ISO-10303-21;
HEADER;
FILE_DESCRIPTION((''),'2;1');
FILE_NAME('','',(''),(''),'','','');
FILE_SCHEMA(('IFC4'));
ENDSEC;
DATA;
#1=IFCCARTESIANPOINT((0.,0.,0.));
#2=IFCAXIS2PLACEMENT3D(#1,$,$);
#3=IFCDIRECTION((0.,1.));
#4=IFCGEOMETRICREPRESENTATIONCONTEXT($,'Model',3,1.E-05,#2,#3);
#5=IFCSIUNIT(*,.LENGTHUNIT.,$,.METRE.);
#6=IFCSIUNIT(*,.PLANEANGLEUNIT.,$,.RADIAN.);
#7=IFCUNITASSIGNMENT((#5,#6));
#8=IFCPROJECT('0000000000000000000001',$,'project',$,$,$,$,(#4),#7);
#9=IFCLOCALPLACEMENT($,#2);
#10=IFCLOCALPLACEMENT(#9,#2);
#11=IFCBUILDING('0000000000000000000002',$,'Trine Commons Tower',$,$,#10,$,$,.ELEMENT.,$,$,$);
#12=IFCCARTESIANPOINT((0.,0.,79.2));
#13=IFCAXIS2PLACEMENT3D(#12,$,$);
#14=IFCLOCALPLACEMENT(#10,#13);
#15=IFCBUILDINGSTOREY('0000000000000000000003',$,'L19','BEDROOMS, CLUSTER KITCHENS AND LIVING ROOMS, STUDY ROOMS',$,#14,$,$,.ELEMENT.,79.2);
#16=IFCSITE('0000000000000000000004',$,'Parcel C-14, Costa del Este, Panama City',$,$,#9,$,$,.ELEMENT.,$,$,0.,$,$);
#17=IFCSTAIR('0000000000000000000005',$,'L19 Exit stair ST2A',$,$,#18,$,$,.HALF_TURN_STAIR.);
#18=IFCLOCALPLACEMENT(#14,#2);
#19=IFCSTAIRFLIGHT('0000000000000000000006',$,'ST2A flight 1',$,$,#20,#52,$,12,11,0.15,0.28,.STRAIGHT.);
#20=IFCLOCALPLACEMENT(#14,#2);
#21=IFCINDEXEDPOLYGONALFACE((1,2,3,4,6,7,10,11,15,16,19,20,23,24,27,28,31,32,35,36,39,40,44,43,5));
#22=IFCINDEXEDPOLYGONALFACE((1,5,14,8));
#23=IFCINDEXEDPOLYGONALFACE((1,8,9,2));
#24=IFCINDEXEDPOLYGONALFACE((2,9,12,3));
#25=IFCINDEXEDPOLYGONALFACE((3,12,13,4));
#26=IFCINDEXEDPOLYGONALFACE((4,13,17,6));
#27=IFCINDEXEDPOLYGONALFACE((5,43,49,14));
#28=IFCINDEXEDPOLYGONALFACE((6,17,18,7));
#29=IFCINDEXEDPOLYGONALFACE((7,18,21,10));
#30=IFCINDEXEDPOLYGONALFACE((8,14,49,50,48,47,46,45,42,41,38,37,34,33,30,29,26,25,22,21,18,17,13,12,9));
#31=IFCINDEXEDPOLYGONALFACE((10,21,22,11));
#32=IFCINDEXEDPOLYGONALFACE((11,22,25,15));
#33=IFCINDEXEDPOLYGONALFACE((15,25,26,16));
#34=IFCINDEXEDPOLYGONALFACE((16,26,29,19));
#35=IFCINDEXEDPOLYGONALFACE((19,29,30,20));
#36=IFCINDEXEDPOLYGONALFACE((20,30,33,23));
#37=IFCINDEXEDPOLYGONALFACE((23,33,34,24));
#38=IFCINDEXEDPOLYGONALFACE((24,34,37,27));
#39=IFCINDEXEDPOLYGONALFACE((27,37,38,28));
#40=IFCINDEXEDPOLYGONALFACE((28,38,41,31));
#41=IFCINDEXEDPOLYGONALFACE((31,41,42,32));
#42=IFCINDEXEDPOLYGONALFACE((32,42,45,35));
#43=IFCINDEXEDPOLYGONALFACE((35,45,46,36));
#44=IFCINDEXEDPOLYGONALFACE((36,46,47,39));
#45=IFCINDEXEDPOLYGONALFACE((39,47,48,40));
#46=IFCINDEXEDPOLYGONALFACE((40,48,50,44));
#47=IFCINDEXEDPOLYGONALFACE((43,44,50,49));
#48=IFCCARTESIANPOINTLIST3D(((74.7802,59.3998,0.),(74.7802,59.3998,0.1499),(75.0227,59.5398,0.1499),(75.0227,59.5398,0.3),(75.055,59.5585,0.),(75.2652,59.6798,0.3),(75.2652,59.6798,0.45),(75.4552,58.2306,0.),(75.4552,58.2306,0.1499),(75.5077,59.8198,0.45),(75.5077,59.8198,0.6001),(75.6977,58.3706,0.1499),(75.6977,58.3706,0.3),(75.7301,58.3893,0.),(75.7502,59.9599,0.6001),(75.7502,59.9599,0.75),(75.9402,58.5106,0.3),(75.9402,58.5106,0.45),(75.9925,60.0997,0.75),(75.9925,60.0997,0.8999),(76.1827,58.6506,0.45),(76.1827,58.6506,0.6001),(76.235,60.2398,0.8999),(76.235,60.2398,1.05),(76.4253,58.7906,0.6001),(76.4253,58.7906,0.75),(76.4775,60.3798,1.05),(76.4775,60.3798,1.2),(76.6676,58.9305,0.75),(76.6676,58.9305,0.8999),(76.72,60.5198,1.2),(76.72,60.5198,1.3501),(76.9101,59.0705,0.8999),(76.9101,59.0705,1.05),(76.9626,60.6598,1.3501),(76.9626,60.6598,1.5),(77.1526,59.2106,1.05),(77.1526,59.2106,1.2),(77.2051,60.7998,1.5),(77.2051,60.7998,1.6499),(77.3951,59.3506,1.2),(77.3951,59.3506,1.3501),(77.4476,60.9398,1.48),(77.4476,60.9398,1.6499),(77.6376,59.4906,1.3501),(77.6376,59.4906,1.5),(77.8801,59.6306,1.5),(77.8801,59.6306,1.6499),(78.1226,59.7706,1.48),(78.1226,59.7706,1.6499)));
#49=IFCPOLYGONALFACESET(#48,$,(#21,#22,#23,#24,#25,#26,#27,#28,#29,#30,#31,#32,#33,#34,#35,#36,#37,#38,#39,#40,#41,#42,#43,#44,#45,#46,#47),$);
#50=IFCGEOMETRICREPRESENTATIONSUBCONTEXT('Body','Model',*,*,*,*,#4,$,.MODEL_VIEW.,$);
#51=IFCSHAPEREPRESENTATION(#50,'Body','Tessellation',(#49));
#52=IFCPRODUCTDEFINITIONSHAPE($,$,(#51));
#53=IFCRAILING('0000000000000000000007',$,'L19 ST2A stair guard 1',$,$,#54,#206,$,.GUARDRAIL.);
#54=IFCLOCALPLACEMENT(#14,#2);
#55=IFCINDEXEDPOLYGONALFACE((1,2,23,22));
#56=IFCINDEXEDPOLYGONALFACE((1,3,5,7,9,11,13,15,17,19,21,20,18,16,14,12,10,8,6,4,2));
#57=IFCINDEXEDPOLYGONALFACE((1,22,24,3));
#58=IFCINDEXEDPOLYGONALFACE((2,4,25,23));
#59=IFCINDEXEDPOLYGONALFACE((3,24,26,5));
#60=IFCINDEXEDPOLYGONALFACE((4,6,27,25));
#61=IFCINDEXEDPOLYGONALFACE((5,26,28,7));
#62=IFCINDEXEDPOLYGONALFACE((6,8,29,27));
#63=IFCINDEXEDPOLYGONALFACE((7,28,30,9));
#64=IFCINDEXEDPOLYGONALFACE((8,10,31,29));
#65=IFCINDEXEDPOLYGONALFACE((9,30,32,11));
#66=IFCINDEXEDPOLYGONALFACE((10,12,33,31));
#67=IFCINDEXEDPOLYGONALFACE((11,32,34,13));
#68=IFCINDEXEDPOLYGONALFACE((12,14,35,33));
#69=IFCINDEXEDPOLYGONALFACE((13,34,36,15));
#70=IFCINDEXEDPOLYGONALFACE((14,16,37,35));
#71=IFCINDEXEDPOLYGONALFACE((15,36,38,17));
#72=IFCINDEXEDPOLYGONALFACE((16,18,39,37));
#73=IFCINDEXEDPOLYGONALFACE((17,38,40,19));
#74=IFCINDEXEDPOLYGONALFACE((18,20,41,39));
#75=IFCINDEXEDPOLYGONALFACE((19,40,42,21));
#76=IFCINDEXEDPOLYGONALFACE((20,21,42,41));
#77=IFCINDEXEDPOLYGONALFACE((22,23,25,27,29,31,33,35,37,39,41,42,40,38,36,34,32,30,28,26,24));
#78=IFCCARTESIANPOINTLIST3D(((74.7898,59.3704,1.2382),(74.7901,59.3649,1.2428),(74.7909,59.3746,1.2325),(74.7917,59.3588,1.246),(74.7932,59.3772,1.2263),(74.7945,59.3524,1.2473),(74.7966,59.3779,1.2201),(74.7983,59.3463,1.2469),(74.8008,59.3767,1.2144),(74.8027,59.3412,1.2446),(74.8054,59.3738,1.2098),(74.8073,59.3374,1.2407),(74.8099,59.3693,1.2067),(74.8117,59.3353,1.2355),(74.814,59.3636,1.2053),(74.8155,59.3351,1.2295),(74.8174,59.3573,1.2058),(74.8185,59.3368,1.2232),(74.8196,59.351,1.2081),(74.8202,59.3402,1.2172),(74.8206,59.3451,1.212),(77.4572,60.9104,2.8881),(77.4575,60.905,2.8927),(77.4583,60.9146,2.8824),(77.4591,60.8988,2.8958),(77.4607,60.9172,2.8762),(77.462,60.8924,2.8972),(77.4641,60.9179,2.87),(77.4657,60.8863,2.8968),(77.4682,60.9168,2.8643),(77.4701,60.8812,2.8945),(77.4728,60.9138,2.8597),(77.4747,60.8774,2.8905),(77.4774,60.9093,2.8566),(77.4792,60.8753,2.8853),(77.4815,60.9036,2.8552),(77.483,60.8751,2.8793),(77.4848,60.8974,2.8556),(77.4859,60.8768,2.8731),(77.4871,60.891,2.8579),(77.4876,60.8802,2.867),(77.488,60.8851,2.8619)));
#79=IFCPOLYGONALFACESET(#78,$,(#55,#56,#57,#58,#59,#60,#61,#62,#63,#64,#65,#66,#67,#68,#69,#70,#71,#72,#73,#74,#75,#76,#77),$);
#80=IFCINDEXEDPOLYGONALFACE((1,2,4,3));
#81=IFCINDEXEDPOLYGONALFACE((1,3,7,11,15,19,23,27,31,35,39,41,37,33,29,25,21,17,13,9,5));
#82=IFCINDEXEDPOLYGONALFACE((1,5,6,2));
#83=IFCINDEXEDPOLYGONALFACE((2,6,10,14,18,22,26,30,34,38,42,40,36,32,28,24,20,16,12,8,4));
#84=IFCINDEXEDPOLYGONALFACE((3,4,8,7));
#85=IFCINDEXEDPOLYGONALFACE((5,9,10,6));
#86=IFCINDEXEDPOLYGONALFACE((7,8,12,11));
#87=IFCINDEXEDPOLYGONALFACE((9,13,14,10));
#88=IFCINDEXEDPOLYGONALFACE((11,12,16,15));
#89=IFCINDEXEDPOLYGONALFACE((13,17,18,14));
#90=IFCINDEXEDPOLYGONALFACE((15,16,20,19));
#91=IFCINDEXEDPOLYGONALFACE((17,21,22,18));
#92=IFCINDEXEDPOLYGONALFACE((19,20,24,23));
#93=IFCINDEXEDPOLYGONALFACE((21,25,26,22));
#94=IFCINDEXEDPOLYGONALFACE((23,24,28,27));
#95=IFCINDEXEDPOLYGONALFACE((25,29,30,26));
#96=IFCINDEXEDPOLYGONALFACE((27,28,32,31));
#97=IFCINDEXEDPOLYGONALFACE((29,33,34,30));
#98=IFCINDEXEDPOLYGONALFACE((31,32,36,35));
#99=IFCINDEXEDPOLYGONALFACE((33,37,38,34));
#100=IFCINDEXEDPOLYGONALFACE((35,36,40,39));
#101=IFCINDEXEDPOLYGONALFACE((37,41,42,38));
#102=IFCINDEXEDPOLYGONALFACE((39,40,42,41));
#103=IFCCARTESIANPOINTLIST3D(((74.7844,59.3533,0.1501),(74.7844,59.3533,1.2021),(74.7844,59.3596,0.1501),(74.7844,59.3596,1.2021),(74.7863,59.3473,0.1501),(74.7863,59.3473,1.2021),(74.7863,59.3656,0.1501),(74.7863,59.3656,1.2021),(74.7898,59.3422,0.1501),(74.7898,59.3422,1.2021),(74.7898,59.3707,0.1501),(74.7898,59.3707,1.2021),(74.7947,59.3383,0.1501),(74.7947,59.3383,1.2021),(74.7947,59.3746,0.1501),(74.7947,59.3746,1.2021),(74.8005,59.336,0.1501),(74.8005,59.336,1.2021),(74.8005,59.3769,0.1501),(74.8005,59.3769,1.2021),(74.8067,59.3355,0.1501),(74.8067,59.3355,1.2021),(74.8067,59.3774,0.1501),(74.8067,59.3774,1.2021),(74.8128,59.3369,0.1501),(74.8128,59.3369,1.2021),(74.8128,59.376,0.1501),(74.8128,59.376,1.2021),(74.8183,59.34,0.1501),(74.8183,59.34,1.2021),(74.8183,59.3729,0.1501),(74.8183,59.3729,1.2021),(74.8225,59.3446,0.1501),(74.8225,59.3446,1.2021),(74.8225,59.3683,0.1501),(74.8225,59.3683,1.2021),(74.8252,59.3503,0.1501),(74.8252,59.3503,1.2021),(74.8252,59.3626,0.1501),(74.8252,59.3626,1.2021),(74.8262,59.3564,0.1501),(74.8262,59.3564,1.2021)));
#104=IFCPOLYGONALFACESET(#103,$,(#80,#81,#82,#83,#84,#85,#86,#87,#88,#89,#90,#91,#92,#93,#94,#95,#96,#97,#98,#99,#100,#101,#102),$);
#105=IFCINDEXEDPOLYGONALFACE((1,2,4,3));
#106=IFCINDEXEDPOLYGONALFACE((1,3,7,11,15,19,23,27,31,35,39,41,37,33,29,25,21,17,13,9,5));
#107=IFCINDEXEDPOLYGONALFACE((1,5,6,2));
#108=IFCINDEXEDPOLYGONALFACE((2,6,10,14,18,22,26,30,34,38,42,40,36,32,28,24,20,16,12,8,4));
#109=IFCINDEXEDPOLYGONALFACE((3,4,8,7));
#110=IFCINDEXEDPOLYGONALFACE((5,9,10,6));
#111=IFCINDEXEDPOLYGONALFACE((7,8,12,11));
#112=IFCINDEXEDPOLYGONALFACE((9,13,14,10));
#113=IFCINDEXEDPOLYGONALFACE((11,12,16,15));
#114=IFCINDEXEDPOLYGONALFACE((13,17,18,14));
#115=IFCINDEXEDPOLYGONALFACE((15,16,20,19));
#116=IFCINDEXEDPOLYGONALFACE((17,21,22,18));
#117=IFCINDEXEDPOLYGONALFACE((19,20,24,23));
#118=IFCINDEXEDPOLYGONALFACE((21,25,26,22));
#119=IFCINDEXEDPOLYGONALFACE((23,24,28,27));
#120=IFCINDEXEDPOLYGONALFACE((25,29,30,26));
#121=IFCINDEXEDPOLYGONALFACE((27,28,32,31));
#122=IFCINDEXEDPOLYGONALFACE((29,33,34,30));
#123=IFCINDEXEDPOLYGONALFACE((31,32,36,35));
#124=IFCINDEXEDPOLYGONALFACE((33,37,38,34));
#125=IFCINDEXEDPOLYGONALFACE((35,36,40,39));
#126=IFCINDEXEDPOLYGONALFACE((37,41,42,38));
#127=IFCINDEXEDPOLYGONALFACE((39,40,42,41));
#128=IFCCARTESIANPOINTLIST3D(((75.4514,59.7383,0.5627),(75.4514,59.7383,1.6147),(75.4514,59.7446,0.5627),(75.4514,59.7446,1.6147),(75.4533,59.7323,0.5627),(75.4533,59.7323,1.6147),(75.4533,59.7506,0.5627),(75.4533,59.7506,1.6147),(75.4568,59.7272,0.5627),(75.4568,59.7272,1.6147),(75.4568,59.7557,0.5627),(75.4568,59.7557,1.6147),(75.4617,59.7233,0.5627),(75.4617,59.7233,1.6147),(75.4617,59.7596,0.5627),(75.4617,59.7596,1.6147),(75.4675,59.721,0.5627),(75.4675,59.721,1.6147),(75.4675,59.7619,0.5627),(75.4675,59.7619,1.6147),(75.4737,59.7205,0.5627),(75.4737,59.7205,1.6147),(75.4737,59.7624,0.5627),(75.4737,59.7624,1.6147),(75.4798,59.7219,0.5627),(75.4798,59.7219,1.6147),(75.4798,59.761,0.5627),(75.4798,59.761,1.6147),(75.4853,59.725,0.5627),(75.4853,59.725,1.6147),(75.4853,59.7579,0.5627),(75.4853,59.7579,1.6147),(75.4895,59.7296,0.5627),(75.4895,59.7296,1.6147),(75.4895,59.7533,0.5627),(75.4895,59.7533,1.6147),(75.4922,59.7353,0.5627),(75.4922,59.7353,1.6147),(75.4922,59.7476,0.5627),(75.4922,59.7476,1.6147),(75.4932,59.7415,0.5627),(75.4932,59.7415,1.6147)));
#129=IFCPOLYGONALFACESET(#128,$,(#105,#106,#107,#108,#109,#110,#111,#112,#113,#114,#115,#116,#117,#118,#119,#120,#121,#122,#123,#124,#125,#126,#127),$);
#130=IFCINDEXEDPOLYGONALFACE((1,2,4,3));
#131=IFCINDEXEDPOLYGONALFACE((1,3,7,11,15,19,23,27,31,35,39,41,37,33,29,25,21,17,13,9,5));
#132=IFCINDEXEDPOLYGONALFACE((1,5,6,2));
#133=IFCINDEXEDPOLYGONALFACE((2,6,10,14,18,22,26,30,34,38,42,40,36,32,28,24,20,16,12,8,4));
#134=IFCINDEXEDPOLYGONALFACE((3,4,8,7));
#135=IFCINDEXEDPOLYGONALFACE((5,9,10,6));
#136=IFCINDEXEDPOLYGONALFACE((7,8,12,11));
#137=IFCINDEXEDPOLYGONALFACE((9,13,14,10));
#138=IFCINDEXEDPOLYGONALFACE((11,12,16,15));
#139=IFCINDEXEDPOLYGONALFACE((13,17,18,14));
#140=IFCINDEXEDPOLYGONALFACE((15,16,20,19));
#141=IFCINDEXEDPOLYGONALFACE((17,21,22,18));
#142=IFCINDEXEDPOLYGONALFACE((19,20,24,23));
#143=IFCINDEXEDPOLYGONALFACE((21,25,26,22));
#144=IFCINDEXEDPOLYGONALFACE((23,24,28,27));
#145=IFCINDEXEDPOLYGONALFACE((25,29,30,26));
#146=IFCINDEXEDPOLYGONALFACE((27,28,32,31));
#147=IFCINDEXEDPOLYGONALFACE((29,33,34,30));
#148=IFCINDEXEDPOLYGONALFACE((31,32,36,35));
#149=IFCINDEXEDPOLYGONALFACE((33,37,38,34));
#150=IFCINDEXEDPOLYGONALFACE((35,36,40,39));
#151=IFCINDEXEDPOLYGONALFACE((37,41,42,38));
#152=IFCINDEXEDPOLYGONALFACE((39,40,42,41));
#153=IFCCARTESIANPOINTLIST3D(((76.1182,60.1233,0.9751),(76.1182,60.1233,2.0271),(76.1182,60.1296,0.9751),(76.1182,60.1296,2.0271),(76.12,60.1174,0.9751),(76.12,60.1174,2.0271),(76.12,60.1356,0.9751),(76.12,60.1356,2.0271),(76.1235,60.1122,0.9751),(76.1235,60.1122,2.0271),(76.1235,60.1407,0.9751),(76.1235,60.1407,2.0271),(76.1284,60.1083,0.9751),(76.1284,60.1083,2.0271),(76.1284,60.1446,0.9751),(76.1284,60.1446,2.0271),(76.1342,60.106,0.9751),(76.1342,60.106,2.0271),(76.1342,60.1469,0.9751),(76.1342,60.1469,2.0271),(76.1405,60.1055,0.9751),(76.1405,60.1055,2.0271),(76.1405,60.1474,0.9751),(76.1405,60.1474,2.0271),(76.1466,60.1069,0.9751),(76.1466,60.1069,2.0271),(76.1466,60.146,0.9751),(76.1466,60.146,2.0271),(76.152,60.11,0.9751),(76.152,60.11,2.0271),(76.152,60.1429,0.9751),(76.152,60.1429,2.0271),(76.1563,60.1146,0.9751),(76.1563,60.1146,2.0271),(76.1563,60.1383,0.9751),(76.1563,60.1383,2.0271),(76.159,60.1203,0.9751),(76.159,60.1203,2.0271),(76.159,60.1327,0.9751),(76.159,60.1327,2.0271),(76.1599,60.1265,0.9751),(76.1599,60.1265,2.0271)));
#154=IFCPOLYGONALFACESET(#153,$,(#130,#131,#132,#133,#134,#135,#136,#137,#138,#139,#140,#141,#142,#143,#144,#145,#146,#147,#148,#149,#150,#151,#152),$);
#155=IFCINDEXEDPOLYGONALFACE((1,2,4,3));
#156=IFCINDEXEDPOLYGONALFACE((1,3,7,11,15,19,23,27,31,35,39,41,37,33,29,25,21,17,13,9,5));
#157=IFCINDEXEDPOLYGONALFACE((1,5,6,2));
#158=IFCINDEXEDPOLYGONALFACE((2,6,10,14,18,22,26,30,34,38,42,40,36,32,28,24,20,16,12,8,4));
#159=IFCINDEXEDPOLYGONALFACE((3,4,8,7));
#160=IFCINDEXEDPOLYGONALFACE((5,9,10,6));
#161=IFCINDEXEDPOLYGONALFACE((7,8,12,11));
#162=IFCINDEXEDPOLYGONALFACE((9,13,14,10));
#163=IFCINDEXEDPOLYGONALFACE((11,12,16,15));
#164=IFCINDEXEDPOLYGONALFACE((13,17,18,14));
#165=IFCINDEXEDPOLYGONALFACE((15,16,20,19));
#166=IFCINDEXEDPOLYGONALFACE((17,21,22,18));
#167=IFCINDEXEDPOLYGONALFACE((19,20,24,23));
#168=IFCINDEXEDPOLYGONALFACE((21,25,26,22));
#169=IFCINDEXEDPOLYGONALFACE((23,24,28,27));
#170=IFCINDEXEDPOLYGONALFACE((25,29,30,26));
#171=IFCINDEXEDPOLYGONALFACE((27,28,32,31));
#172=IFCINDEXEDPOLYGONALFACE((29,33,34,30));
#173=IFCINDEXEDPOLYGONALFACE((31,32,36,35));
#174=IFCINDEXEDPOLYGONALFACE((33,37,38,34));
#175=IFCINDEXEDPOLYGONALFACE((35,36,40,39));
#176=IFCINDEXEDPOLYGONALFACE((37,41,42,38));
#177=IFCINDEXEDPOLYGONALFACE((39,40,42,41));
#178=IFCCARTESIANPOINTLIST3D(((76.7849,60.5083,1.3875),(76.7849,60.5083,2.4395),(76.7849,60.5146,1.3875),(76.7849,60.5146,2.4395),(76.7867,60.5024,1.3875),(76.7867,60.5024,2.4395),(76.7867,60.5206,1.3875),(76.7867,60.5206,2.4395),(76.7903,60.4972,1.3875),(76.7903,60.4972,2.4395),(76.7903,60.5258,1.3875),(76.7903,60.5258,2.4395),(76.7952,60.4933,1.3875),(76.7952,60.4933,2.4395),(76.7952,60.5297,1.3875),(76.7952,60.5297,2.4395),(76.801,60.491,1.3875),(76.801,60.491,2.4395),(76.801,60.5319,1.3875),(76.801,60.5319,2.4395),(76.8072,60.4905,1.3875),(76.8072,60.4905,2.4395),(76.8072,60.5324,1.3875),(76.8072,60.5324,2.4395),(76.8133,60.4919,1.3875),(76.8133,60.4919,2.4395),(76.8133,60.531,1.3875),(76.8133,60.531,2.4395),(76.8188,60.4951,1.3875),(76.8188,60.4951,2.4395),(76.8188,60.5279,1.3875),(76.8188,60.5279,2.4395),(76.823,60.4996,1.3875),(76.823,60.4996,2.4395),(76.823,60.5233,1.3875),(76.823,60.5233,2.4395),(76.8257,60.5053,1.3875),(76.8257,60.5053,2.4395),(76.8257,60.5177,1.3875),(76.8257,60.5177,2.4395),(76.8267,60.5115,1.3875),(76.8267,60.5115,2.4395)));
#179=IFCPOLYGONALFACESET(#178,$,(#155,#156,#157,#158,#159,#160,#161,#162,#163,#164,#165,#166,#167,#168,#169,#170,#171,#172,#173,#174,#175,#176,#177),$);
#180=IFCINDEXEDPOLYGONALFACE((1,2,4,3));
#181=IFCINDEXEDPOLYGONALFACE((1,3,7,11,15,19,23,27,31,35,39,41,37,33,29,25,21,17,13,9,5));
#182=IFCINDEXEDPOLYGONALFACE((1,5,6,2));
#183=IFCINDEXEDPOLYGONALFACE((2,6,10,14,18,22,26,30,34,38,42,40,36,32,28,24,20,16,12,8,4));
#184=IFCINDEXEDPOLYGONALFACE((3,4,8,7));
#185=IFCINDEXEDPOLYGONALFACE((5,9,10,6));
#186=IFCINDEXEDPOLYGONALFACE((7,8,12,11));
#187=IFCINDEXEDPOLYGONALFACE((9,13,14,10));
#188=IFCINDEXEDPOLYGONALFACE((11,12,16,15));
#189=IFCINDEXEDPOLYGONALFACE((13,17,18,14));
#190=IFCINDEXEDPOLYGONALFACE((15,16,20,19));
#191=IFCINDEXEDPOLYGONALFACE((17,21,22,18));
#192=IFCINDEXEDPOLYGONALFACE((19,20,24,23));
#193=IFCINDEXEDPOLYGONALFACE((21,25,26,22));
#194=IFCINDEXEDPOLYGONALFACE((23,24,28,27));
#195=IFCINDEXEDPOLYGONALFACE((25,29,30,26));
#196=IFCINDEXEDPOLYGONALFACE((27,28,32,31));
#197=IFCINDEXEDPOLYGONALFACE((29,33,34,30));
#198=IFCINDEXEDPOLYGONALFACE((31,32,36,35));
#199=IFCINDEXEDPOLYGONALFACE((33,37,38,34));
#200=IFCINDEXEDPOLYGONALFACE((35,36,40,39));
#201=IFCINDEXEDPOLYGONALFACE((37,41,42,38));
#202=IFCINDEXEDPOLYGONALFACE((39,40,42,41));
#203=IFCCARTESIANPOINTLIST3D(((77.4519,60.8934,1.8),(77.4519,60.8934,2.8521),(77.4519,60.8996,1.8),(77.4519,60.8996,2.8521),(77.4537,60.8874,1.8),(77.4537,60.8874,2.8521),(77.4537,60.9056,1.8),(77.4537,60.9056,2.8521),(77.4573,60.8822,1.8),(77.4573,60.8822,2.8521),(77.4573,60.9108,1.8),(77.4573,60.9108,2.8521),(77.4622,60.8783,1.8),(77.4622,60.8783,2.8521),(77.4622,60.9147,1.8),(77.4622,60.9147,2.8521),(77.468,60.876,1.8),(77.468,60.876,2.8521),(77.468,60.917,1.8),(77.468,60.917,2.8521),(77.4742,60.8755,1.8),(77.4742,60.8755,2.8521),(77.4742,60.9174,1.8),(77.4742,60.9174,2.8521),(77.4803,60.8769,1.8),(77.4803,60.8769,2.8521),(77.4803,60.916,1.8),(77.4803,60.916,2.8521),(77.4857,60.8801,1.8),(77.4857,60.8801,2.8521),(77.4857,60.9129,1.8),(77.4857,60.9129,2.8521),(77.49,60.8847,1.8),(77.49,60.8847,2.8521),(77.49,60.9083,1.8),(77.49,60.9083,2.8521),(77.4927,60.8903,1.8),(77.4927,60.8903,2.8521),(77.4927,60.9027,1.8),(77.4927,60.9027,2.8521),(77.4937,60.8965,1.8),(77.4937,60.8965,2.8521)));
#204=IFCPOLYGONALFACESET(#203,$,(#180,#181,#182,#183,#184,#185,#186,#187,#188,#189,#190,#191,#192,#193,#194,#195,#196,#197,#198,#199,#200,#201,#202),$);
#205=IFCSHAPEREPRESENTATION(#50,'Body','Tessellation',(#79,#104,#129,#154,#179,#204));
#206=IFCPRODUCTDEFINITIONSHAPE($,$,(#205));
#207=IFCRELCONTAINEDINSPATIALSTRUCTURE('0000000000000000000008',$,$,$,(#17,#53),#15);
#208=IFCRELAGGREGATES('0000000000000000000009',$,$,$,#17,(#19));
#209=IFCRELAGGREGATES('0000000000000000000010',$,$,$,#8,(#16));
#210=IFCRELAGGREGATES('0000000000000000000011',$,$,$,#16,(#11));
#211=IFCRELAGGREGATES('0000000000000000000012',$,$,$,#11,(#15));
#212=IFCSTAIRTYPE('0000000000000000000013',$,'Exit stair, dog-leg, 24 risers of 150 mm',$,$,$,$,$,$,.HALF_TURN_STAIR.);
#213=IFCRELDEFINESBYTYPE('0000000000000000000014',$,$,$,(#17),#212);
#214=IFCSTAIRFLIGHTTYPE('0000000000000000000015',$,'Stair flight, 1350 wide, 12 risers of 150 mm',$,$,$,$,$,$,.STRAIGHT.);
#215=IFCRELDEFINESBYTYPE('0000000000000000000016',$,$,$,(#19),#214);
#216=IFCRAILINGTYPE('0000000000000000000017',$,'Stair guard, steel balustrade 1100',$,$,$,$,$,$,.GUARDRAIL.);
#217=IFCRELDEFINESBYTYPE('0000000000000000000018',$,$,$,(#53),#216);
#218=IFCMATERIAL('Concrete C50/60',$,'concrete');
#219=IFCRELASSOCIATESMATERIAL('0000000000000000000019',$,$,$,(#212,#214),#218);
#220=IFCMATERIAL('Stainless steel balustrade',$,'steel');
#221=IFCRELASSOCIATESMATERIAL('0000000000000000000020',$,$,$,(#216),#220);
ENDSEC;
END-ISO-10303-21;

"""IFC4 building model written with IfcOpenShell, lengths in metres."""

from ifc_helpers import new_model, si_unit, direction, frame, origin, origin_2d, place, context, subcontext, project, spatial, polyline, circle, outline, extrude, material, type_object, element, aggregate, save


model = new_model("IFC4")

# Units and contexts
model_context = context("Model", 3, precision=1e-05, world=origin(), true_north=direction((0.0, 1.0)))
body_context = subcontext(model_context, "Body", "Model", "MODEL_VIEW")
ifc_project = project(units=[si_unit("LENGTHUNIT", "METRE"), si_unit("PLANEANGLEUNIT", "RADIAN")], contexts=[model_context])

# Site, building, storey
site_placement = place(None, origin())
site = spatial("IfcSite", under=ifc_project, at=site_placement, Name="Parcel C-14, Costa del Este, Panama City", CompositionType="ELEMENT", RefElevation=0.0)
building_placement = place(site_placement, origin())
building = spatial("IfcBuilding", under=site, at=building_placement, Name="Trine Commons Tower", CompositionType="ELEMENT")
storey_placement = place(building_placement, frame((0.0, 0.0, 79.2)))
storey = spatial("IfcBuildingStorey", under=building, at=storey_placement, Name="L19", Description="BEDROOMS, CLUSTER KITCHENS AND LIVING ROOMS, STUDY ROOMS", CompositionType="ELEMENT", Elevation=79.2)

# Stair, stair flight
ifc_material_1 = material(Name="Concrete C50/60", Category="concrete")
stair_type = type_object("IfcStairType", Name="Exit stair, dog-leg, 24 risers of 150 mm", PredefinedType="HALF_TURN_STAIR", material=ifc_material_1)
stair_placement = place(storey_placement, origin())
stair = element("IfcStair", 1, at=stair_placement, inside=storey, type_object=stair_type, Name="L19 Exit stair ST2A", PredefinedType="HALF_TURN_STAIR")
stair_flight_type = type_object("IfcStairFlightType", Name="Stair flight, 1350 wide, 12 risers of 150 mm", PredefinedType="STRAIGHT", material=ifc_material_1)
stair_flight_placement = place(storey_placement, frame((75.1177, 58.8152, 0.0), z_axis=(0.0, 0.0, 1.0), x_axis=(0.866025, 0.5, 0.0)))
stair_flight = element("IfcStairFlight", 2, at=stair_flight_placement, type_object=stair_flight_type, Name="ST2A flight 1", NumberOfRisers=12, NumberOfTreads=11, PredefinedType="STRAIGHT", RiserHeight=0.15, TreadLength=0.28, context=body_context, shape_type="SweptSolid", body=[
    extrude(outline(polyline([(0.0, 0.0), (0.0, 0.1499), (0.28, 0.1499), (0.28, 0.3), (0.5601, 0.3), (0.5601, 0.45), (0.8401, 0.45), (0.8401, 0.6001), (1.1201, 0.6001), (1.1201, 0.75), (1.3999, 0.75), (1.3999, 0.8999), (1.6799, 0.8999), (1.6799, 1.05), (1.96, 1.05), (1.96, 1.2), (2.24, 1.2), (2.24, 1.3501), (2.52, 1.3501), (2.52, 1.5), (2.8, 1.5), (2.8, 1.6499), (3.0801, 1.6499), (3.0801, 1.8), (3.0801, 1.48), (0.3174, 0.0), (0.0, 0.0)])), frame((0.0, 0.675, 0.0), z_axis=(0.0, -1.0, 0.0), x_axis=(1.0, 0.0, 0.0)), (0.0, 0.0, 1.0), 1.3501),
])
aggregate(stair, [stair_flight])

# Railing
ifc_material_2 = material(Name="Stainless steel balustrade", Category="steel")
railing_type = type_object("IfcRailingType", Name="Stair guard, steel balustrade 1100", PredefinedType="GUARDRAIL", material=ifc_material_2)
railing_1_placement = place(storey_placement, frame((74.8052, 59.3564, 0.1501)))
element("IfcRailing", 3, at=railing_1_placement, inside=storey, type_object=railing_type, Name="L19 ST2A stair guard 1", PredefinedType="GUARDRAIL", context=body_context, shape_type="SweptSolid", body=[
    extrude(circle(Radius=0.0239, at=origin_2d()), frame((0.0, 0.0, 1.0762), z_axis=(0.763405, 0.440743, 0.472185), x_axis=(-0.499992, 0.86603, 0.0)), (0.0, 0.0, 1.0), 3.4941),
    extrude(circle(Radius=0.021, at=origin_2d()), origin(), (0.0, 0.0, 1.0), 1.052),
    extrude(circle(Radius=0.021, at=origin_2d()), frame((0.667, 0.385, 0.4126)), (0.0, 0.0, 1.0), 1.052),
    extrude(circle(Radius=0.021, at=origin_2d()), frame((1.3337, 0.77, 0.825)), (0.0, 0.0, 1.0), 1.052),
    extrude(circle(Radius=0.021, at=origin_2d()), frame((2.0005, 1.155, 1.2373)), (0.0, 0.0, 1.0), 1.052),
    extrude(circle(Radius=0.021, at=origin_2d()), frame((2.6675, 1.54, 1.6499)), (0.0, 0.0, 1.0), 1.052),
])

save(model, "model.ifc")
